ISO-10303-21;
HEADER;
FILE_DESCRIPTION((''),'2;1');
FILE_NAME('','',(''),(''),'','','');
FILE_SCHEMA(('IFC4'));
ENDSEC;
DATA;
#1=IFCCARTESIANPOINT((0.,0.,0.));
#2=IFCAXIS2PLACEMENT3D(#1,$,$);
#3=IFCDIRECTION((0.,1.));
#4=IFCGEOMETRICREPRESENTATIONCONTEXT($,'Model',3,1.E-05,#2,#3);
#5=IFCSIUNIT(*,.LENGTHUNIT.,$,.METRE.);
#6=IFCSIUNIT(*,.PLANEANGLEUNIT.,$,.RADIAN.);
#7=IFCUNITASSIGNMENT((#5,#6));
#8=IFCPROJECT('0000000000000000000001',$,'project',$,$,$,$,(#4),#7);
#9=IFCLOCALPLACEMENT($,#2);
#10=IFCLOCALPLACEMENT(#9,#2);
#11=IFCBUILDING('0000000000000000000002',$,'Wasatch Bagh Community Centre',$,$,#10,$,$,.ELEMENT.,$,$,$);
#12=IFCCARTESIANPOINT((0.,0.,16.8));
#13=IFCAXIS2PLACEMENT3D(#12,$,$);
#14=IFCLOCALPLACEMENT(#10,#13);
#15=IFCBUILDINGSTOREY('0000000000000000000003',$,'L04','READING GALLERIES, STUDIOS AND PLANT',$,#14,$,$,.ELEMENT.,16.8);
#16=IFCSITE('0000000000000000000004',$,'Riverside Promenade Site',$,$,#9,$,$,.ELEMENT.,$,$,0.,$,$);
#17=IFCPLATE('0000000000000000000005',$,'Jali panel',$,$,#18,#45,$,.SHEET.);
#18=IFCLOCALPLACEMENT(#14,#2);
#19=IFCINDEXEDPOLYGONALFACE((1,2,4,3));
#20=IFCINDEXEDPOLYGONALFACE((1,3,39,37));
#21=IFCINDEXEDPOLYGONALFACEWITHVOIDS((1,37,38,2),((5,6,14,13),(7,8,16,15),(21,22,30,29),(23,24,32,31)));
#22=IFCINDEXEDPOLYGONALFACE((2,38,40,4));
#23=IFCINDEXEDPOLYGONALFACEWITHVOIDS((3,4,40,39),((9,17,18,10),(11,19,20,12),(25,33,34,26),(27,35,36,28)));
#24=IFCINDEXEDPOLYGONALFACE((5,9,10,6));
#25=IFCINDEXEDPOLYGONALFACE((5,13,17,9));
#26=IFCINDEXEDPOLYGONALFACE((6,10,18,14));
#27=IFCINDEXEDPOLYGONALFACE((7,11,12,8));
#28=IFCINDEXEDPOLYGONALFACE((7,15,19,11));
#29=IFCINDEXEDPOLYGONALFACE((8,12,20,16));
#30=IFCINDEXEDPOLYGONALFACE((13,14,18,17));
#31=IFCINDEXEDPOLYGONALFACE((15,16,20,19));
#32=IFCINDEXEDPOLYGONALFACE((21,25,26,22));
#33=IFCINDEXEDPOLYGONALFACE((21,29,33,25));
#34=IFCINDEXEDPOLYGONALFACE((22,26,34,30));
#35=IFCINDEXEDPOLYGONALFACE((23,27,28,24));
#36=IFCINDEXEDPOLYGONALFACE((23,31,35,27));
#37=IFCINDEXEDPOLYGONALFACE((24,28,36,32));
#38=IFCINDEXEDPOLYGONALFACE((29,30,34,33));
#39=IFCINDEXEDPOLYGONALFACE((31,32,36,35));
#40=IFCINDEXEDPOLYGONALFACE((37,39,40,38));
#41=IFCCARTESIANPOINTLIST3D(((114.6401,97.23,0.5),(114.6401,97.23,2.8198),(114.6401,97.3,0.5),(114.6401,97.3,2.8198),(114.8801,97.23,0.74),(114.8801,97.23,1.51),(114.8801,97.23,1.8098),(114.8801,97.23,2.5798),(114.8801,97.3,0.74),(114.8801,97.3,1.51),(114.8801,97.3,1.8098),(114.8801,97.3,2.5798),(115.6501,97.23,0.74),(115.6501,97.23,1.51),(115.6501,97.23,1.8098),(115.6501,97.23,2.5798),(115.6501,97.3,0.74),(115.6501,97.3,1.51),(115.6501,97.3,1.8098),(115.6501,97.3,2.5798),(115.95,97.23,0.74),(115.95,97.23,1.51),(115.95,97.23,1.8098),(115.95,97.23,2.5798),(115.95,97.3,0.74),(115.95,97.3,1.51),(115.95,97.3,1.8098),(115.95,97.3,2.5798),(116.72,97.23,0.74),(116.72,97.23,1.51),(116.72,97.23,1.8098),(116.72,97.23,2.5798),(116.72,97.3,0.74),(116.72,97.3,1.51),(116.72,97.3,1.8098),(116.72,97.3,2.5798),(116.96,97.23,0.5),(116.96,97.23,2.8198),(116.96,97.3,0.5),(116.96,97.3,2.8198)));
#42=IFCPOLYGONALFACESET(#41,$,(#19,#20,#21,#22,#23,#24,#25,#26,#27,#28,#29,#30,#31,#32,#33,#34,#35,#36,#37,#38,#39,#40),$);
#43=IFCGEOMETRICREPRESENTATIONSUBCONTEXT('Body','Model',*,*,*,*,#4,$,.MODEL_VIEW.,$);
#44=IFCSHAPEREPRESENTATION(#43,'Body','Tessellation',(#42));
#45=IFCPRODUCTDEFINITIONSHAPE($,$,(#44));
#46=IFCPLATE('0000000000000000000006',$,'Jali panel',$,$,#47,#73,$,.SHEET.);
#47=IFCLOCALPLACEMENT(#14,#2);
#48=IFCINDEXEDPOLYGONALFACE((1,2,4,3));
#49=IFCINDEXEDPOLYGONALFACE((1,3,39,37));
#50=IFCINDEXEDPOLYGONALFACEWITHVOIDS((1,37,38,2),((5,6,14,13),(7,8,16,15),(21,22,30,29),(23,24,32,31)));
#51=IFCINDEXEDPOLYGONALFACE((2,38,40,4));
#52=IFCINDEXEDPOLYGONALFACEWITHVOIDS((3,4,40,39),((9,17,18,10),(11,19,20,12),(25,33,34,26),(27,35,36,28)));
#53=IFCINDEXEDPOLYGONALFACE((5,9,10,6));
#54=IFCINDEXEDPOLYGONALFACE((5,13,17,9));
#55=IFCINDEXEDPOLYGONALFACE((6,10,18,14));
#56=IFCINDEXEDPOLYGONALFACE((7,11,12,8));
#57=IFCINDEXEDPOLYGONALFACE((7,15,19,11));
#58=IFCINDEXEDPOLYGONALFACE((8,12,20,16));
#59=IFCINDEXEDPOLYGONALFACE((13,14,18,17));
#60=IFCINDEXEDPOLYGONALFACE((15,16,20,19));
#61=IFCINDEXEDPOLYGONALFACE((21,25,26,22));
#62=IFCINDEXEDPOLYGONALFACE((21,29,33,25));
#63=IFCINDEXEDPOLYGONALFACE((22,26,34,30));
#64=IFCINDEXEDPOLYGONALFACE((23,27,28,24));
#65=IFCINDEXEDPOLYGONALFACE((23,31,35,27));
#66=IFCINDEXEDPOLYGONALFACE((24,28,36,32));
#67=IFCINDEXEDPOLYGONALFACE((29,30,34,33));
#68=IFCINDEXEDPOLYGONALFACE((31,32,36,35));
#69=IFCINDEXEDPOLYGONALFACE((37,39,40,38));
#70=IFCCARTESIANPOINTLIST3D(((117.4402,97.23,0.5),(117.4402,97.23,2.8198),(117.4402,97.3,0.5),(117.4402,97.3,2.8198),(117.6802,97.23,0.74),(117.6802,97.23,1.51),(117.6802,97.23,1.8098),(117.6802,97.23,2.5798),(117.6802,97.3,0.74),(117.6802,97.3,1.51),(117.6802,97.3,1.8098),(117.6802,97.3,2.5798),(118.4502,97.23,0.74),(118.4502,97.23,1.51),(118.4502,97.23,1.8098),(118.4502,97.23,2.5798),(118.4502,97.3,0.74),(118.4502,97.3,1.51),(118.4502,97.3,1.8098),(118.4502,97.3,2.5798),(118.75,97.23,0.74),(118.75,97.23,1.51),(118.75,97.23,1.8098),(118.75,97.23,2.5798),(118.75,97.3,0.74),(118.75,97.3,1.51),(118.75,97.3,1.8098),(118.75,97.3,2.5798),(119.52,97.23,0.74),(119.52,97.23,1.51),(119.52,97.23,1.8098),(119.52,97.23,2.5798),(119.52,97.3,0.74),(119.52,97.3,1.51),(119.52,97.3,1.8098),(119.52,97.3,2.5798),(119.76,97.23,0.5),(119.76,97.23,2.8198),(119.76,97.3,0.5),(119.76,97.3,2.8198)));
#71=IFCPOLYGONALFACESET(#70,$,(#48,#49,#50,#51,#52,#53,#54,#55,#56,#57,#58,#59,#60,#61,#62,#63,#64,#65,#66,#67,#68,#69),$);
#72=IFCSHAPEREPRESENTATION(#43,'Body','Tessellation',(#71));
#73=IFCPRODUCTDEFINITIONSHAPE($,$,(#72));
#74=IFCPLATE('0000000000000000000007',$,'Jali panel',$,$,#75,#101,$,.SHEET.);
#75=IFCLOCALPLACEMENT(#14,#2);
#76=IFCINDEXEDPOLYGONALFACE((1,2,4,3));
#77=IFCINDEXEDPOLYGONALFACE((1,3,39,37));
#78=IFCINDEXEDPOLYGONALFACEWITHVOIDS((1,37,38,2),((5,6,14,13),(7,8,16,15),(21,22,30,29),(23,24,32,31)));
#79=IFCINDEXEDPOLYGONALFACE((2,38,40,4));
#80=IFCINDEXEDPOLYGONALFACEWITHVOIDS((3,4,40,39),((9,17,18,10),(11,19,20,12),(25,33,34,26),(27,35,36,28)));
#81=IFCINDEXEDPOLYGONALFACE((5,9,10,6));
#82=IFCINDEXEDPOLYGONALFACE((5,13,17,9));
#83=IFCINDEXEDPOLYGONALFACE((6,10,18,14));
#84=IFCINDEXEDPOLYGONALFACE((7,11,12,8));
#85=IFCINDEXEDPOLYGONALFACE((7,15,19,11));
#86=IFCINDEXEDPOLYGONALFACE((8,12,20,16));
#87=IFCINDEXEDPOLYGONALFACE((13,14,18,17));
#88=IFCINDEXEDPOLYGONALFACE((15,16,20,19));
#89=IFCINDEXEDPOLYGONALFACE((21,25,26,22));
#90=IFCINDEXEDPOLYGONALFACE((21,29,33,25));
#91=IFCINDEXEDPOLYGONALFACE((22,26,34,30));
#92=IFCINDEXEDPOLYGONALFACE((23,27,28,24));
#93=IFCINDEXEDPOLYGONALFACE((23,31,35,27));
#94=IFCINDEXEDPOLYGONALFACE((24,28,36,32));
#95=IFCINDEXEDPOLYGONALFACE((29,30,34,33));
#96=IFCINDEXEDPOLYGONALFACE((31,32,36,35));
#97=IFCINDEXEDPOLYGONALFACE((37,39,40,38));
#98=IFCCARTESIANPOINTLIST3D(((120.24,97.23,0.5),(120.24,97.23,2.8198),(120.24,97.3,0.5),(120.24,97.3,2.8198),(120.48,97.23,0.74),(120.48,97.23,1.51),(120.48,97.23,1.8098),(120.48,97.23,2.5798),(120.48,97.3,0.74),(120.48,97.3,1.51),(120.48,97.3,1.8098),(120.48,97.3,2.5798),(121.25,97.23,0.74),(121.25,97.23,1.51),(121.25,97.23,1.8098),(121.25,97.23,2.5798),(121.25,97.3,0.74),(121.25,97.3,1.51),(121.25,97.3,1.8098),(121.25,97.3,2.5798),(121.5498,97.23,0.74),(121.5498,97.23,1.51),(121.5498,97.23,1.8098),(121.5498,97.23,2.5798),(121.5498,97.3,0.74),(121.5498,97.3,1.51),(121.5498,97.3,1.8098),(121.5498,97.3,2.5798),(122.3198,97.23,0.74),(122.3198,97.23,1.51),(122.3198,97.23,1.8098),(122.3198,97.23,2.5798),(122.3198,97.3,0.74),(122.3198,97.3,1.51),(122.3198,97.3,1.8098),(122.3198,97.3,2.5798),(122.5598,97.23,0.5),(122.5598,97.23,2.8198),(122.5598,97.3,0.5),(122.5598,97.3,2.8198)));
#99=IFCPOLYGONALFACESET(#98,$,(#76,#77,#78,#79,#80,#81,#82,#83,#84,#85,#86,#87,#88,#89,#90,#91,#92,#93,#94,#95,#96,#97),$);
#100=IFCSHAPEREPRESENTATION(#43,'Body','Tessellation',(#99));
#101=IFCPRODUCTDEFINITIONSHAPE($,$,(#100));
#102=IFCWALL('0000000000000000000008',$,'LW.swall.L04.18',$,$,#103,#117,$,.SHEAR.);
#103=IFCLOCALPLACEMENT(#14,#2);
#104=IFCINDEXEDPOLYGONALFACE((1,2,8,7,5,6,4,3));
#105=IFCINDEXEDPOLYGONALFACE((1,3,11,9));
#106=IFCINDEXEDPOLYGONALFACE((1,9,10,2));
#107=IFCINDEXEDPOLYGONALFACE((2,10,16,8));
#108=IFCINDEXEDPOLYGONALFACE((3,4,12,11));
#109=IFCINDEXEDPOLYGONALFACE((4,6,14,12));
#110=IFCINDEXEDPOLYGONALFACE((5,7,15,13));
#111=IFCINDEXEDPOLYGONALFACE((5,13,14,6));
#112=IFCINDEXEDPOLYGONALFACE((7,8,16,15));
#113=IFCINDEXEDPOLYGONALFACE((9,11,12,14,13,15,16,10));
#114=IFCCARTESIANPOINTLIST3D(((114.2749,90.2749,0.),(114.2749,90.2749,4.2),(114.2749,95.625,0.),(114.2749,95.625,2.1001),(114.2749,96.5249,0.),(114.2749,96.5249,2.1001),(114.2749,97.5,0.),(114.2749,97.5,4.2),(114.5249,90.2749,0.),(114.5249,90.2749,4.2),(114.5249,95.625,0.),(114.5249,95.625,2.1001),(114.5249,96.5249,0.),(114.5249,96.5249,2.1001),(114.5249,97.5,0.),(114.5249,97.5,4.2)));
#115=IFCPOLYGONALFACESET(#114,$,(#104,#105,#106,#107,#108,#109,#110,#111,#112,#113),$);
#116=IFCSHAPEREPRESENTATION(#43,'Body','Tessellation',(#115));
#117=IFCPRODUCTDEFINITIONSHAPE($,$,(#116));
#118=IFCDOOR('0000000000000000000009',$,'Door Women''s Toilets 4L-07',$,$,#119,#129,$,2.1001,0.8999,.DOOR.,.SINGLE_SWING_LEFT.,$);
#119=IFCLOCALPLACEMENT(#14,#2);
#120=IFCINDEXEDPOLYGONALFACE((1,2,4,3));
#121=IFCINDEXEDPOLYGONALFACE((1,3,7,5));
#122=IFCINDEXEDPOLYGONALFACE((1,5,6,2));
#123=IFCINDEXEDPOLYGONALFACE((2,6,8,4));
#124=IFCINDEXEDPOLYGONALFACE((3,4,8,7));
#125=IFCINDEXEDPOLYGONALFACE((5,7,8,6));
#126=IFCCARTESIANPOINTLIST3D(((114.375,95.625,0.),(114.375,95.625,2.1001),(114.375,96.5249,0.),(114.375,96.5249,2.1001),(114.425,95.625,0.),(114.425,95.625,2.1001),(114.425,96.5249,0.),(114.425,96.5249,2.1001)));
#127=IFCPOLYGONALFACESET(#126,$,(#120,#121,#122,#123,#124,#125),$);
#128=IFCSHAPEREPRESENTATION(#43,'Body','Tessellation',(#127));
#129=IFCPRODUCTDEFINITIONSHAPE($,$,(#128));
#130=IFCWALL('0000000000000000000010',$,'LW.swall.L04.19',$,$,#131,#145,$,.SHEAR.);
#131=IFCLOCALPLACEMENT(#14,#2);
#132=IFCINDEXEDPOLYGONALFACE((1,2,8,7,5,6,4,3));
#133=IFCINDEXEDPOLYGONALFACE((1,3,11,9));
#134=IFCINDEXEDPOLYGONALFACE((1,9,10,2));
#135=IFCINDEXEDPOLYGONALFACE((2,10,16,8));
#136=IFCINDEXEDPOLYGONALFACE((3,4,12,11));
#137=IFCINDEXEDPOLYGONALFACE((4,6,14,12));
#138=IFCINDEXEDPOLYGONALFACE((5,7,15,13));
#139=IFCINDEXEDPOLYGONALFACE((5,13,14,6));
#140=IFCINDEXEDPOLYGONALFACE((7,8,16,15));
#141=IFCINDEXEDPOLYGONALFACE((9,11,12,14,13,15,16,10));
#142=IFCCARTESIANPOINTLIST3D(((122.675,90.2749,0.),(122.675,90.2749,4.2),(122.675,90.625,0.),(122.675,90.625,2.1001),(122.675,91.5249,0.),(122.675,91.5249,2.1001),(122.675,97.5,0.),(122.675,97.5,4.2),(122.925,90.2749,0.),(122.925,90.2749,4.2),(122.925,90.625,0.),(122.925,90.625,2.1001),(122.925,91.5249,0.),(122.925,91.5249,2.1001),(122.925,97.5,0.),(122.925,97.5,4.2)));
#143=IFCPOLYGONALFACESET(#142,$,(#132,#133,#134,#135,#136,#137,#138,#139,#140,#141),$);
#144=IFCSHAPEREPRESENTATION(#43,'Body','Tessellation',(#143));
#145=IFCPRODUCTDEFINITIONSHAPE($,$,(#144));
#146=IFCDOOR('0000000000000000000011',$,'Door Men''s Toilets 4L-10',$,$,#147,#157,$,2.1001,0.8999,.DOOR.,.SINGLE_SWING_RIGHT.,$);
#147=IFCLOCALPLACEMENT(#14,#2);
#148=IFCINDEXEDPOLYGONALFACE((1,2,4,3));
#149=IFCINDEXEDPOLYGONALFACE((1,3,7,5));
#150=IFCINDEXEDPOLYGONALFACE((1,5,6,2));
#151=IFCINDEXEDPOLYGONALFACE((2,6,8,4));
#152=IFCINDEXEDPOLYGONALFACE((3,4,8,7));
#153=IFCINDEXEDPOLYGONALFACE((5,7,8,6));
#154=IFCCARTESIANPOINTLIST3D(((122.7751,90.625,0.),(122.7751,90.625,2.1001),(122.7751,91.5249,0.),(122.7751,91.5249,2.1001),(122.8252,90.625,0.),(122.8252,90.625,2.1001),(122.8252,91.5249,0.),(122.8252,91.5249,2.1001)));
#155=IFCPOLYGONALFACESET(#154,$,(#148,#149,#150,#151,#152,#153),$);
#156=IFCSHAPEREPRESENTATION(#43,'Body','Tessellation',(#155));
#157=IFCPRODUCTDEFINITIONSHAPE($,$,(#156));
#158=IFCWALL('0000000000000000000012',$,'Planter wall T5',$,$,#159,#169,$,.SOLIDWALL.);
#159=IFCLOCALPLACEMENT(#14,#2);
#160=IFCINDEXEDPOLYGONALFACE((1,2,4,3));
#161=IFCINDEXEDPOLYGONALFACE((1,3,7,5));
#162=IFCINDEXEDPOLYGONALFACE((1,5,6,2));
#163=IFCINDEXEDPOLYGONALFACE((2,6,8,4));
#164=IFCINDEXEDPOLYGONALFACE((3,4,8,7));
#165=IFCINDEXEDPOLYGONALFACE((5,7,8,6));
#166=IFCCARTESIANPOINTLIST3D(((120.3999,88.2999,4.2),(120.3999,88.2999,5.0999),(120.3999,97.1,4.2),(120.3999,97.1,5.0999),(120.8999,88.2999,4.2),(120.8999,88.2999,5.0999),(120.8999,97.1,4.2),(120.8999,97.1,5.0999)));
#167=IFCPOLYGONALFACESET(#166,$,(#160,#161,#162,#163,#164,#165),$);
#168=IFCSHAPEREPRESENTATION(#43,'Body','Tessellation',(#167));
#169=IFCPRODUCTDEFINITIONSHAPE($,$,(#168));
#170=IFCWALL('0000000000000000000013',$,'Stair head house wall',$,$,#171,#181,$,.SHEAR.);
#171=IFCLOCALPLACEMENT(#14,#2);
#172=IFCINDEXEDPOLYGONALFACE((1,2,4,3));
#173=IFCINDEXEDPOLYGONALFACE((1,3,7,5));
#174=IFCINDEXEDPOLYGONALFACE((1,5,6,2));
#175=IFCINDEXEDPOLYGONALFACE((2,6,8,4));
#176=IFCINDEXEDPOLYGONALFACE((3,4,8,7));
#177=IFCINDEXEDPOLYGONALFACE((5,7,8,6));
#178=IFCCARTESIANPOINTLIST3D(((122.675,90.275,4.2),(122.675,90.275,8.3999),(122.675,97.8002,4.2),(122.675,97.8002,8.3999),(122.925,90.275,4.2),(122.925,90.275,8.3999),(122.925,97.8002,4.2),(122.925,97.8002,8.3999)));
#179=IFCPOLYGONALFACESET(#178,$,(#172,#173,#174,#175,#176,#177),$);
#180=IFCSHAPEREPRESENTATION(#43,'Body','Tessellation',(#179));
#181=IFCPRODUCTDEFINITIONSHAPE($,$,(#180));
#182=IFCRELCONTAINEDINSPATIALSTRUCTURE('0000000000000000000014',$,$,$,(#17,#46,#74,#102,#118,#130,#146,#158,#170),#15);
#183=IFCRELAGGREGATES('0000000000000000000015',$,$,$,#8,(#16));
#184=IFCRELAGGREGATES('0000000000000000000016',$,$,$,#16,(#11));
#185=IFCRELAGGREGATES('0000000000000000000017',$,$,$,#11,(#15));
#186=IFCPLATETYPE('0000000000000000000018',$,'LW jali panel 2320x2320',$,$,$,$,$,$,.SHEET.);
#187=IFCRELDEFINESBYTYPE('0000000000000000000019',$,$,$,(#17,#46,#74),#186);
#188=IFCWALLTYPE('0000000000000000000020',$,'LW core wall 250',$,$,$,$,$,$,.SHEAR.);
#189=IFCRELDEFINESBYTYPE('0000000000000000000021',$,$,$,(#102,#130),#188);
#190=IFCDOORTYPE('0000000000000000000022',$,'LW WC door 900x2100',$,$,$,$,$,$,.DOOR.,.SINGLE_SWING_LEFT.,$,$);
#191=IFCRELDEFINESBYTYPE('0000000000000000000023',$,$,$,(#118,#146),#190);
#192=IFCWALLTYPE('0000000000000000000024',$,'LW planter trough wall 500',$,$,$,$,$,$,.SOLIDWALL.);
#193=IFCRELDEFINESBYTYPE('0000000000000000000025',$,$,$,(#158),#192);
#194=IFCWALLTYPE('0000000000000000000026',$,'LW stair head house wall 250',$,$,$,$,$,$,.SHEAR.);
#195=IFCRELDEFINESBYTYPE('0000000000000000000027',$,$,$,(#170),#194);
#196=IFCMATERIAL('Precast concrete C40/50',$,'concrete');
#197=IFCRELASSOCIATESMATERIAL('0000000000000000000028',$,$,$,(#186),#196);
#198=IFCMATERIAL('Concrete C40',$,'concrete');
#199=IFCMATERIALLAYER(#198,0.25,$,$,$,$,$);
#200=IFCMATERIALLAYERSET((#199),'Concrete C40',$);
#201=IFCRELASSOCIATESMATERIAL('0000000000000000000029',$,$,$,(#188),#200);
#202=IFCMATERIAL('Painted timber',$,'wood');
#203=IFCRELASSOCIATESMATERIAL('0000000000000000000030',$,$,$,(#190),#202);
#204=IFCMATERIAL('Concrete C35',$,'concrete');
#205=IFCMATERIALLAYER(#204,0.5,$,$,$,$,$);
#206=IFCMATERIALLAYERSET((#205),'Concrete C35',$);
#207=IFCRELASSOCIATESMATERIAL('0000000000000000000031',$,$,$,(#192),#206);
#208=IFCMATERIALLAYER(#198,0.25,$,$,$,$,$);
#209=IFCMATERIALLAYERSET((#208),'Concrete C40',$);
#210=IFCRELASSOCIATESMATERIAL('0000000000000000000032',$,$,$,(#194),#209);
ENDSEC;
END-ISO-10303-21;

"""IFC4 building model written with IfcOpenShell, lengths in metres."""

from ifc_helpers import new_model, si_unit, direction, frame, frame_2d, origin, place, context, subcontext, project, spatial, polyline, rectangle, outline, extrude, material, layer, layer_set, material_profile, profile_set, type_object, element, fill, save


model = new_model("IFC4")

# Units and contexts
model_context = context("Model", 3, precision=1e-05, world=origin(), true_north=direction((0.0, 1.0)))
body_context = subcontext(model_context, "Body", "Model", "MODEL_VIEW")
ifc_project = project(units=[si_unit("LENGTHUNIT", "METRE"), si_unit("PLANEANGLEUNIT", "RADIAN")], contexts=[model_context])

# Site, building, storey
site_placement = place(None, origin())
site = spatial("IfcSite", under=ifc_project, at=site_placement, Name="Riverside Promenade Site", CompositionType="ELEMENT", RefElevation=0.0)
building_placement = place(site_placement, origin())
building = spatial("IfcBuilding", under=site, at=building_placement, Name="Wasatch Bagh Community Centre", CompositionType="ELEMENT")
storey_placement = place(building_placement, frame((0.0, 0.0, 16.8)))
storey = spatial("IfcBuildingStorey", under=building, at=storey_placement, Name="L04", Description="READING GALLERIES, STUDIOS AND PLANT", CompositionType="ELEMENT", Elevation=16.8)

# Plates
ifc_material_1 = material(Name="Precast concrete C40/50", Category="concrete")
ifc_material_profile = material_profile(ifc_material_1, outline(polyline([(-1.1599, -1.1599), (1.1599, -1.1599), (1.1599, 1.1599), (-1.1599, 1.1599), (-1.1599, -1.1599)]), holes=[polyline([(-0.9199, -0.9199), (-0.1499, -0.9199), (-0.1499, -0.1499), (-0.9199, -0.1499), (-0.9199, -0.9199)]), polyline([(-0.9199, 0.1499), (-0.1499, 0.1499), (-0.1499, 0.9199), (-0.9199, 0.9199), (-0.9199, 0.1499)]), polyline([(0.1499, -0.9199), (0.9199, -0.9199), (0.9199, -0.1499), (0.1499, -0.1499), (0.1499, -0.9199)]), polyline([(0.1499, 0.1499), (0.9199, 0.1499), (0.9199, 0.9199), (0.1499, 0.9199), (0.1499, 0.1499)])]), Name="Jali lattice")
ifc_profile_set = profile_set([ifc_material_profile], Name="Precast concrete C40/50")
plate_type = type_object("IfcPlateType", Name="LW jali panel 2320x2320", PredefinedType="SHEET", material=ifc_profile_set)
for number, where, z_axis, x_axis, name in (
    (1, (115.8, 97.3, 1.6599), (0.0, -1.0, 0.0), (1.0, 0.0, 0.0), "Jali panel"),
    (2, (118.6001, 97.3, 1.6599), (0.0, -1.0, 0.0), (1.0, 0.0, 0.0), "Jali panel"),
    (3, (121.3999, 97.3, 1.6599), (0.0, -1.0, 0.0), (1.0, 0.0, 0.0), "Jali panel"),
):
    element("IfcPlate", number, at=place(storey_placement, frame(where, z_axis=z_axis, x_axis=x_axis)), inside=storey, type_object=plate_type, Name=name, PredefinedType="SHEET", context=body_context, shape_type="SweptSolid", body=[
        extrude(outline(polyline([(-1.1599, -1.1599), (1.1599, -1.1599), (1.1599, 1.1599), (-1.1599, 1.1599), (-1.1599, -1.1599)]), holes=[polyline([(-0.9199, -0.9199), (-0.1499, -0.9199), (-0.1499, -0.1499), (-0.9199, -0.1499), (-0.9199, -0.9199)]), polyline([(-0.9199, 0.1499), (-0.1499, 0.1499), (-0.1499, 0.9199), (-0.9199, 0.9199), (-0.9199, 0.1499)]), polyline([(0.1499, -0.9199), (0.9199, -0.9199), (0.9199, -0.1499), (0.1499, -0.1499), (0.1499, -0.9199)]), polyline([(0.1499, 0.1499), (0.9199, 0.1499), (0.9199, 0.9199), (0.1499, 0.9199), (0.1499, 0.1499)])]), origin(), (0.0, 0.0, 1.0), 0.0701),
    ])

# Walls, openings, doors
ifc_material_2 = material(Name="Concrete C40", Category="concrete")
ifc_layer_1 = layer(ifc_material_2, 0.25)
ifc_layer_set_1 = layer_set([ifc_layer_1], Name="Concrete C40")
wall_type_1 = type_object("IfcWallType", Name="LW core wall 250", PredefinedType="SHEAR", material=ifc_layer_set_1)
wall_1_placement = place(storey_placement, frame((114.3999, 90.2749, 0.0), z_axis=(0.0, 0.0, 1.0), x_axis=(0.0, 1.0, 0.0)))
wall_1 = element("IfcWall", 4, at=wall_1_placement, inside=storey, type_object=wall_type_1, Name="LW.swall.L04.18", PredefinedType="SHEAR", context=body_context, shape_type="SweptSolid", body=[
    extrude(rectangle(XDim=7.2251, YDim=0.25, at=frame_2d((3.6125, 0.0))), origin(), (0.0, 0.0, 1.0), 4.2),
])
opening_1_placement = place(wall_1_placement, frame((5.3501, 0.0, 0.0)))
opening_1 = element("IfcOpeningElement", 5, at=opening_1_placement, cuts=wall_1, PredefinedType="OPENING", context=body_context, shape_type="SweptSolid", body=[
    extrude(rectangle(XDim=0.8999, YDim=2.1001, at=frame_2d((0.45, 1.05))), frame((0.0, 0.135, 0.0), z_axis=(0.0, -1.0, 0.0), x_axis=(1.0, 0.0, 0.0)), (0.0, 0.0, 1.0), 0.27),
])
ifc_material_3 = material(Name="Painted timber", Category="wood")
door_type_1 = type_object("IfcDoorType", Name="LW WC door 900x2100", OperationType="SINGLE_SWING_LEFT", PredefinedType="DOOR", material=ifc_material_3)
door_1_placement = place(opening_1_placement, origin())
door_1 = element("IfcDoor", 6, at=door_1_placement, inside=storey, type_object=door_type_1, Name="Door Women's Toilets 4L-07", OperationType="SINGLE_SWING_LEFT", OverallHeight=2.1001, OverallWidth=0.8999, PredefinedType="DOOR", context=body_context, shape_type="SweptSolid", body=[
    extrude(rectangle(XDim=0.8999, YDim=2.1001, at=frame_2d((0.45, 1.05))), frame((0.0, 0.0249, 0.0), z_axis=(0.0, -1.0, 0.0), x_axis=(1.0, 0.0, 0.0)), (0.0, 0.0, 1.0), 0.05),
])
fill(opening_1, door_1)
wall_2_placement = place(storey_placement, frame((122.8, 90.2749, 0.0), z_axis=(0.0, 0.0, 1.0), x_axis=(0.0, 1.0, 0.0)))
wall_2 = element("IfcWall", 7, at=wall_2_placement, inside=storey, type_object=wall_type_1, Name="LW.swall.L04.19", PredefinedType="SHEAR", context=body_context, shape_type="SweptSolid", body=[
    extrude(rectangle(XDim=7.2251, YDim=0.25, at=frame_2d((3.6125, 0.0))), origin(), (0.0, 0.0, 1.0), 4.2),
])
opening_2_placement = place(wall_2_placement, frame((0.3501, 0.0, 0.0)))
opening_2 = element("IfcOpeningElement", 8, at=opening_2_placement, cuts=wall_2, PredefinedType="OPENING", context=body_context, shape_type="SweptSolid", body=[
    extrude(rectangle(XDim=0.8999, YDim=2.1001, at=frame_2d((0.45, 1.05))), frame((0.0, 0.135, 0.0), z_axis=(0.0, -1.0, 0.0), x_axis=(1.0, 0.0, 0.0)), (0.0, 0.0, 1.0), 0.27),
])
door_2_placement = place(opening_2_placement, origin())
door_2 = element("IfcDoor", 9, at=door_2_placement, inside=storey, type_object=door_type_1, Name="Door Men's Toilets 4L-10", OperationType="SINGLE_SWING_RIGHT", OverallHeight=2.1001, OverallWidth=0.8999, PredefinedType="DOOR", context=body_context, shape_type="SweptSolid", body=[
    extrude(rectangle(XDim=0.8999, YDim=2.1001, at=frame_2d((0.45, 1.05))), frame((0.0, 0.0249, 0.0), z_axis=(0.0, -1.0, 0.0), x_axis=(1.0, 0.0, 0.0)), (0.0, 0.0, 1.0), 0.05),
])
fill(opening_2, door_2)

# Walls
ifc_material_4 = material(Name="Concrete C35", Category="concrete")
ifc_layer_2 = layer(ifc_material_4, 0.5)
ifc_layer_set_2 = layer_set([ifc_layer_2], Name="Concrete C35")
wall_type_2 = type_object("IfcWallType", Name="LW planter trough wall 500", PredefinedType="SOLIDWALL", material=ifc_layer_set_2)
wall_3_placement = place(storey_placement, frame((120.6499, 88.3, 4.2), z_axis=(0.0, 0.0, 1.0), x_axis=(0.0, 1.0, 0.0)))
element("IfcWall", 10, at=wall_3_placement, inside=storey, type_object=wall_type_2, Name="Planter wall T5", PredefinedType="SOLIDWALL", context=body_context, shape_type="SweptSolid", body=[
    extrude(rectangle(XDim=8.8, YDim=0.5, at=frame_2d((4.3999, 0.0))), origin(), (0.0, 0.0, 1.0), 0.8999),
])
ifc_layer_3 = layer(ifc_material_2, 0.25)
ifc_layer_set_3 = layer_set([ifc_layer_3], Name="Concrete C40")
wall_type_3 = type_object("IfcWallType", Name="LW stair head house wall 250", PredefinedType="SHEAR", material=ifc_layer_set_3)
wall_4_placement = place(storey_placement, frame((122.8, 90.2749, 4.2), z_axis=(0.0, 0.0, 1.0), x_axis=(0.0, 1.0, 0.0)))
element("IfcWall", 11, at=wall_4_placement, inside=storey, type_object=wall_type_3, Name="Stair head house wall", PredefinedType="SHEAR", context=body_context, shape_type="SweptSolid", body=[
    extrude(rectangle(XDim=7.5251, YDim=0.25, at=frame_2d((3.7627, 0.0))), origin(), (0.0, 0.0, 1.0), 4.2),
])

save(model, "model.ifc")
